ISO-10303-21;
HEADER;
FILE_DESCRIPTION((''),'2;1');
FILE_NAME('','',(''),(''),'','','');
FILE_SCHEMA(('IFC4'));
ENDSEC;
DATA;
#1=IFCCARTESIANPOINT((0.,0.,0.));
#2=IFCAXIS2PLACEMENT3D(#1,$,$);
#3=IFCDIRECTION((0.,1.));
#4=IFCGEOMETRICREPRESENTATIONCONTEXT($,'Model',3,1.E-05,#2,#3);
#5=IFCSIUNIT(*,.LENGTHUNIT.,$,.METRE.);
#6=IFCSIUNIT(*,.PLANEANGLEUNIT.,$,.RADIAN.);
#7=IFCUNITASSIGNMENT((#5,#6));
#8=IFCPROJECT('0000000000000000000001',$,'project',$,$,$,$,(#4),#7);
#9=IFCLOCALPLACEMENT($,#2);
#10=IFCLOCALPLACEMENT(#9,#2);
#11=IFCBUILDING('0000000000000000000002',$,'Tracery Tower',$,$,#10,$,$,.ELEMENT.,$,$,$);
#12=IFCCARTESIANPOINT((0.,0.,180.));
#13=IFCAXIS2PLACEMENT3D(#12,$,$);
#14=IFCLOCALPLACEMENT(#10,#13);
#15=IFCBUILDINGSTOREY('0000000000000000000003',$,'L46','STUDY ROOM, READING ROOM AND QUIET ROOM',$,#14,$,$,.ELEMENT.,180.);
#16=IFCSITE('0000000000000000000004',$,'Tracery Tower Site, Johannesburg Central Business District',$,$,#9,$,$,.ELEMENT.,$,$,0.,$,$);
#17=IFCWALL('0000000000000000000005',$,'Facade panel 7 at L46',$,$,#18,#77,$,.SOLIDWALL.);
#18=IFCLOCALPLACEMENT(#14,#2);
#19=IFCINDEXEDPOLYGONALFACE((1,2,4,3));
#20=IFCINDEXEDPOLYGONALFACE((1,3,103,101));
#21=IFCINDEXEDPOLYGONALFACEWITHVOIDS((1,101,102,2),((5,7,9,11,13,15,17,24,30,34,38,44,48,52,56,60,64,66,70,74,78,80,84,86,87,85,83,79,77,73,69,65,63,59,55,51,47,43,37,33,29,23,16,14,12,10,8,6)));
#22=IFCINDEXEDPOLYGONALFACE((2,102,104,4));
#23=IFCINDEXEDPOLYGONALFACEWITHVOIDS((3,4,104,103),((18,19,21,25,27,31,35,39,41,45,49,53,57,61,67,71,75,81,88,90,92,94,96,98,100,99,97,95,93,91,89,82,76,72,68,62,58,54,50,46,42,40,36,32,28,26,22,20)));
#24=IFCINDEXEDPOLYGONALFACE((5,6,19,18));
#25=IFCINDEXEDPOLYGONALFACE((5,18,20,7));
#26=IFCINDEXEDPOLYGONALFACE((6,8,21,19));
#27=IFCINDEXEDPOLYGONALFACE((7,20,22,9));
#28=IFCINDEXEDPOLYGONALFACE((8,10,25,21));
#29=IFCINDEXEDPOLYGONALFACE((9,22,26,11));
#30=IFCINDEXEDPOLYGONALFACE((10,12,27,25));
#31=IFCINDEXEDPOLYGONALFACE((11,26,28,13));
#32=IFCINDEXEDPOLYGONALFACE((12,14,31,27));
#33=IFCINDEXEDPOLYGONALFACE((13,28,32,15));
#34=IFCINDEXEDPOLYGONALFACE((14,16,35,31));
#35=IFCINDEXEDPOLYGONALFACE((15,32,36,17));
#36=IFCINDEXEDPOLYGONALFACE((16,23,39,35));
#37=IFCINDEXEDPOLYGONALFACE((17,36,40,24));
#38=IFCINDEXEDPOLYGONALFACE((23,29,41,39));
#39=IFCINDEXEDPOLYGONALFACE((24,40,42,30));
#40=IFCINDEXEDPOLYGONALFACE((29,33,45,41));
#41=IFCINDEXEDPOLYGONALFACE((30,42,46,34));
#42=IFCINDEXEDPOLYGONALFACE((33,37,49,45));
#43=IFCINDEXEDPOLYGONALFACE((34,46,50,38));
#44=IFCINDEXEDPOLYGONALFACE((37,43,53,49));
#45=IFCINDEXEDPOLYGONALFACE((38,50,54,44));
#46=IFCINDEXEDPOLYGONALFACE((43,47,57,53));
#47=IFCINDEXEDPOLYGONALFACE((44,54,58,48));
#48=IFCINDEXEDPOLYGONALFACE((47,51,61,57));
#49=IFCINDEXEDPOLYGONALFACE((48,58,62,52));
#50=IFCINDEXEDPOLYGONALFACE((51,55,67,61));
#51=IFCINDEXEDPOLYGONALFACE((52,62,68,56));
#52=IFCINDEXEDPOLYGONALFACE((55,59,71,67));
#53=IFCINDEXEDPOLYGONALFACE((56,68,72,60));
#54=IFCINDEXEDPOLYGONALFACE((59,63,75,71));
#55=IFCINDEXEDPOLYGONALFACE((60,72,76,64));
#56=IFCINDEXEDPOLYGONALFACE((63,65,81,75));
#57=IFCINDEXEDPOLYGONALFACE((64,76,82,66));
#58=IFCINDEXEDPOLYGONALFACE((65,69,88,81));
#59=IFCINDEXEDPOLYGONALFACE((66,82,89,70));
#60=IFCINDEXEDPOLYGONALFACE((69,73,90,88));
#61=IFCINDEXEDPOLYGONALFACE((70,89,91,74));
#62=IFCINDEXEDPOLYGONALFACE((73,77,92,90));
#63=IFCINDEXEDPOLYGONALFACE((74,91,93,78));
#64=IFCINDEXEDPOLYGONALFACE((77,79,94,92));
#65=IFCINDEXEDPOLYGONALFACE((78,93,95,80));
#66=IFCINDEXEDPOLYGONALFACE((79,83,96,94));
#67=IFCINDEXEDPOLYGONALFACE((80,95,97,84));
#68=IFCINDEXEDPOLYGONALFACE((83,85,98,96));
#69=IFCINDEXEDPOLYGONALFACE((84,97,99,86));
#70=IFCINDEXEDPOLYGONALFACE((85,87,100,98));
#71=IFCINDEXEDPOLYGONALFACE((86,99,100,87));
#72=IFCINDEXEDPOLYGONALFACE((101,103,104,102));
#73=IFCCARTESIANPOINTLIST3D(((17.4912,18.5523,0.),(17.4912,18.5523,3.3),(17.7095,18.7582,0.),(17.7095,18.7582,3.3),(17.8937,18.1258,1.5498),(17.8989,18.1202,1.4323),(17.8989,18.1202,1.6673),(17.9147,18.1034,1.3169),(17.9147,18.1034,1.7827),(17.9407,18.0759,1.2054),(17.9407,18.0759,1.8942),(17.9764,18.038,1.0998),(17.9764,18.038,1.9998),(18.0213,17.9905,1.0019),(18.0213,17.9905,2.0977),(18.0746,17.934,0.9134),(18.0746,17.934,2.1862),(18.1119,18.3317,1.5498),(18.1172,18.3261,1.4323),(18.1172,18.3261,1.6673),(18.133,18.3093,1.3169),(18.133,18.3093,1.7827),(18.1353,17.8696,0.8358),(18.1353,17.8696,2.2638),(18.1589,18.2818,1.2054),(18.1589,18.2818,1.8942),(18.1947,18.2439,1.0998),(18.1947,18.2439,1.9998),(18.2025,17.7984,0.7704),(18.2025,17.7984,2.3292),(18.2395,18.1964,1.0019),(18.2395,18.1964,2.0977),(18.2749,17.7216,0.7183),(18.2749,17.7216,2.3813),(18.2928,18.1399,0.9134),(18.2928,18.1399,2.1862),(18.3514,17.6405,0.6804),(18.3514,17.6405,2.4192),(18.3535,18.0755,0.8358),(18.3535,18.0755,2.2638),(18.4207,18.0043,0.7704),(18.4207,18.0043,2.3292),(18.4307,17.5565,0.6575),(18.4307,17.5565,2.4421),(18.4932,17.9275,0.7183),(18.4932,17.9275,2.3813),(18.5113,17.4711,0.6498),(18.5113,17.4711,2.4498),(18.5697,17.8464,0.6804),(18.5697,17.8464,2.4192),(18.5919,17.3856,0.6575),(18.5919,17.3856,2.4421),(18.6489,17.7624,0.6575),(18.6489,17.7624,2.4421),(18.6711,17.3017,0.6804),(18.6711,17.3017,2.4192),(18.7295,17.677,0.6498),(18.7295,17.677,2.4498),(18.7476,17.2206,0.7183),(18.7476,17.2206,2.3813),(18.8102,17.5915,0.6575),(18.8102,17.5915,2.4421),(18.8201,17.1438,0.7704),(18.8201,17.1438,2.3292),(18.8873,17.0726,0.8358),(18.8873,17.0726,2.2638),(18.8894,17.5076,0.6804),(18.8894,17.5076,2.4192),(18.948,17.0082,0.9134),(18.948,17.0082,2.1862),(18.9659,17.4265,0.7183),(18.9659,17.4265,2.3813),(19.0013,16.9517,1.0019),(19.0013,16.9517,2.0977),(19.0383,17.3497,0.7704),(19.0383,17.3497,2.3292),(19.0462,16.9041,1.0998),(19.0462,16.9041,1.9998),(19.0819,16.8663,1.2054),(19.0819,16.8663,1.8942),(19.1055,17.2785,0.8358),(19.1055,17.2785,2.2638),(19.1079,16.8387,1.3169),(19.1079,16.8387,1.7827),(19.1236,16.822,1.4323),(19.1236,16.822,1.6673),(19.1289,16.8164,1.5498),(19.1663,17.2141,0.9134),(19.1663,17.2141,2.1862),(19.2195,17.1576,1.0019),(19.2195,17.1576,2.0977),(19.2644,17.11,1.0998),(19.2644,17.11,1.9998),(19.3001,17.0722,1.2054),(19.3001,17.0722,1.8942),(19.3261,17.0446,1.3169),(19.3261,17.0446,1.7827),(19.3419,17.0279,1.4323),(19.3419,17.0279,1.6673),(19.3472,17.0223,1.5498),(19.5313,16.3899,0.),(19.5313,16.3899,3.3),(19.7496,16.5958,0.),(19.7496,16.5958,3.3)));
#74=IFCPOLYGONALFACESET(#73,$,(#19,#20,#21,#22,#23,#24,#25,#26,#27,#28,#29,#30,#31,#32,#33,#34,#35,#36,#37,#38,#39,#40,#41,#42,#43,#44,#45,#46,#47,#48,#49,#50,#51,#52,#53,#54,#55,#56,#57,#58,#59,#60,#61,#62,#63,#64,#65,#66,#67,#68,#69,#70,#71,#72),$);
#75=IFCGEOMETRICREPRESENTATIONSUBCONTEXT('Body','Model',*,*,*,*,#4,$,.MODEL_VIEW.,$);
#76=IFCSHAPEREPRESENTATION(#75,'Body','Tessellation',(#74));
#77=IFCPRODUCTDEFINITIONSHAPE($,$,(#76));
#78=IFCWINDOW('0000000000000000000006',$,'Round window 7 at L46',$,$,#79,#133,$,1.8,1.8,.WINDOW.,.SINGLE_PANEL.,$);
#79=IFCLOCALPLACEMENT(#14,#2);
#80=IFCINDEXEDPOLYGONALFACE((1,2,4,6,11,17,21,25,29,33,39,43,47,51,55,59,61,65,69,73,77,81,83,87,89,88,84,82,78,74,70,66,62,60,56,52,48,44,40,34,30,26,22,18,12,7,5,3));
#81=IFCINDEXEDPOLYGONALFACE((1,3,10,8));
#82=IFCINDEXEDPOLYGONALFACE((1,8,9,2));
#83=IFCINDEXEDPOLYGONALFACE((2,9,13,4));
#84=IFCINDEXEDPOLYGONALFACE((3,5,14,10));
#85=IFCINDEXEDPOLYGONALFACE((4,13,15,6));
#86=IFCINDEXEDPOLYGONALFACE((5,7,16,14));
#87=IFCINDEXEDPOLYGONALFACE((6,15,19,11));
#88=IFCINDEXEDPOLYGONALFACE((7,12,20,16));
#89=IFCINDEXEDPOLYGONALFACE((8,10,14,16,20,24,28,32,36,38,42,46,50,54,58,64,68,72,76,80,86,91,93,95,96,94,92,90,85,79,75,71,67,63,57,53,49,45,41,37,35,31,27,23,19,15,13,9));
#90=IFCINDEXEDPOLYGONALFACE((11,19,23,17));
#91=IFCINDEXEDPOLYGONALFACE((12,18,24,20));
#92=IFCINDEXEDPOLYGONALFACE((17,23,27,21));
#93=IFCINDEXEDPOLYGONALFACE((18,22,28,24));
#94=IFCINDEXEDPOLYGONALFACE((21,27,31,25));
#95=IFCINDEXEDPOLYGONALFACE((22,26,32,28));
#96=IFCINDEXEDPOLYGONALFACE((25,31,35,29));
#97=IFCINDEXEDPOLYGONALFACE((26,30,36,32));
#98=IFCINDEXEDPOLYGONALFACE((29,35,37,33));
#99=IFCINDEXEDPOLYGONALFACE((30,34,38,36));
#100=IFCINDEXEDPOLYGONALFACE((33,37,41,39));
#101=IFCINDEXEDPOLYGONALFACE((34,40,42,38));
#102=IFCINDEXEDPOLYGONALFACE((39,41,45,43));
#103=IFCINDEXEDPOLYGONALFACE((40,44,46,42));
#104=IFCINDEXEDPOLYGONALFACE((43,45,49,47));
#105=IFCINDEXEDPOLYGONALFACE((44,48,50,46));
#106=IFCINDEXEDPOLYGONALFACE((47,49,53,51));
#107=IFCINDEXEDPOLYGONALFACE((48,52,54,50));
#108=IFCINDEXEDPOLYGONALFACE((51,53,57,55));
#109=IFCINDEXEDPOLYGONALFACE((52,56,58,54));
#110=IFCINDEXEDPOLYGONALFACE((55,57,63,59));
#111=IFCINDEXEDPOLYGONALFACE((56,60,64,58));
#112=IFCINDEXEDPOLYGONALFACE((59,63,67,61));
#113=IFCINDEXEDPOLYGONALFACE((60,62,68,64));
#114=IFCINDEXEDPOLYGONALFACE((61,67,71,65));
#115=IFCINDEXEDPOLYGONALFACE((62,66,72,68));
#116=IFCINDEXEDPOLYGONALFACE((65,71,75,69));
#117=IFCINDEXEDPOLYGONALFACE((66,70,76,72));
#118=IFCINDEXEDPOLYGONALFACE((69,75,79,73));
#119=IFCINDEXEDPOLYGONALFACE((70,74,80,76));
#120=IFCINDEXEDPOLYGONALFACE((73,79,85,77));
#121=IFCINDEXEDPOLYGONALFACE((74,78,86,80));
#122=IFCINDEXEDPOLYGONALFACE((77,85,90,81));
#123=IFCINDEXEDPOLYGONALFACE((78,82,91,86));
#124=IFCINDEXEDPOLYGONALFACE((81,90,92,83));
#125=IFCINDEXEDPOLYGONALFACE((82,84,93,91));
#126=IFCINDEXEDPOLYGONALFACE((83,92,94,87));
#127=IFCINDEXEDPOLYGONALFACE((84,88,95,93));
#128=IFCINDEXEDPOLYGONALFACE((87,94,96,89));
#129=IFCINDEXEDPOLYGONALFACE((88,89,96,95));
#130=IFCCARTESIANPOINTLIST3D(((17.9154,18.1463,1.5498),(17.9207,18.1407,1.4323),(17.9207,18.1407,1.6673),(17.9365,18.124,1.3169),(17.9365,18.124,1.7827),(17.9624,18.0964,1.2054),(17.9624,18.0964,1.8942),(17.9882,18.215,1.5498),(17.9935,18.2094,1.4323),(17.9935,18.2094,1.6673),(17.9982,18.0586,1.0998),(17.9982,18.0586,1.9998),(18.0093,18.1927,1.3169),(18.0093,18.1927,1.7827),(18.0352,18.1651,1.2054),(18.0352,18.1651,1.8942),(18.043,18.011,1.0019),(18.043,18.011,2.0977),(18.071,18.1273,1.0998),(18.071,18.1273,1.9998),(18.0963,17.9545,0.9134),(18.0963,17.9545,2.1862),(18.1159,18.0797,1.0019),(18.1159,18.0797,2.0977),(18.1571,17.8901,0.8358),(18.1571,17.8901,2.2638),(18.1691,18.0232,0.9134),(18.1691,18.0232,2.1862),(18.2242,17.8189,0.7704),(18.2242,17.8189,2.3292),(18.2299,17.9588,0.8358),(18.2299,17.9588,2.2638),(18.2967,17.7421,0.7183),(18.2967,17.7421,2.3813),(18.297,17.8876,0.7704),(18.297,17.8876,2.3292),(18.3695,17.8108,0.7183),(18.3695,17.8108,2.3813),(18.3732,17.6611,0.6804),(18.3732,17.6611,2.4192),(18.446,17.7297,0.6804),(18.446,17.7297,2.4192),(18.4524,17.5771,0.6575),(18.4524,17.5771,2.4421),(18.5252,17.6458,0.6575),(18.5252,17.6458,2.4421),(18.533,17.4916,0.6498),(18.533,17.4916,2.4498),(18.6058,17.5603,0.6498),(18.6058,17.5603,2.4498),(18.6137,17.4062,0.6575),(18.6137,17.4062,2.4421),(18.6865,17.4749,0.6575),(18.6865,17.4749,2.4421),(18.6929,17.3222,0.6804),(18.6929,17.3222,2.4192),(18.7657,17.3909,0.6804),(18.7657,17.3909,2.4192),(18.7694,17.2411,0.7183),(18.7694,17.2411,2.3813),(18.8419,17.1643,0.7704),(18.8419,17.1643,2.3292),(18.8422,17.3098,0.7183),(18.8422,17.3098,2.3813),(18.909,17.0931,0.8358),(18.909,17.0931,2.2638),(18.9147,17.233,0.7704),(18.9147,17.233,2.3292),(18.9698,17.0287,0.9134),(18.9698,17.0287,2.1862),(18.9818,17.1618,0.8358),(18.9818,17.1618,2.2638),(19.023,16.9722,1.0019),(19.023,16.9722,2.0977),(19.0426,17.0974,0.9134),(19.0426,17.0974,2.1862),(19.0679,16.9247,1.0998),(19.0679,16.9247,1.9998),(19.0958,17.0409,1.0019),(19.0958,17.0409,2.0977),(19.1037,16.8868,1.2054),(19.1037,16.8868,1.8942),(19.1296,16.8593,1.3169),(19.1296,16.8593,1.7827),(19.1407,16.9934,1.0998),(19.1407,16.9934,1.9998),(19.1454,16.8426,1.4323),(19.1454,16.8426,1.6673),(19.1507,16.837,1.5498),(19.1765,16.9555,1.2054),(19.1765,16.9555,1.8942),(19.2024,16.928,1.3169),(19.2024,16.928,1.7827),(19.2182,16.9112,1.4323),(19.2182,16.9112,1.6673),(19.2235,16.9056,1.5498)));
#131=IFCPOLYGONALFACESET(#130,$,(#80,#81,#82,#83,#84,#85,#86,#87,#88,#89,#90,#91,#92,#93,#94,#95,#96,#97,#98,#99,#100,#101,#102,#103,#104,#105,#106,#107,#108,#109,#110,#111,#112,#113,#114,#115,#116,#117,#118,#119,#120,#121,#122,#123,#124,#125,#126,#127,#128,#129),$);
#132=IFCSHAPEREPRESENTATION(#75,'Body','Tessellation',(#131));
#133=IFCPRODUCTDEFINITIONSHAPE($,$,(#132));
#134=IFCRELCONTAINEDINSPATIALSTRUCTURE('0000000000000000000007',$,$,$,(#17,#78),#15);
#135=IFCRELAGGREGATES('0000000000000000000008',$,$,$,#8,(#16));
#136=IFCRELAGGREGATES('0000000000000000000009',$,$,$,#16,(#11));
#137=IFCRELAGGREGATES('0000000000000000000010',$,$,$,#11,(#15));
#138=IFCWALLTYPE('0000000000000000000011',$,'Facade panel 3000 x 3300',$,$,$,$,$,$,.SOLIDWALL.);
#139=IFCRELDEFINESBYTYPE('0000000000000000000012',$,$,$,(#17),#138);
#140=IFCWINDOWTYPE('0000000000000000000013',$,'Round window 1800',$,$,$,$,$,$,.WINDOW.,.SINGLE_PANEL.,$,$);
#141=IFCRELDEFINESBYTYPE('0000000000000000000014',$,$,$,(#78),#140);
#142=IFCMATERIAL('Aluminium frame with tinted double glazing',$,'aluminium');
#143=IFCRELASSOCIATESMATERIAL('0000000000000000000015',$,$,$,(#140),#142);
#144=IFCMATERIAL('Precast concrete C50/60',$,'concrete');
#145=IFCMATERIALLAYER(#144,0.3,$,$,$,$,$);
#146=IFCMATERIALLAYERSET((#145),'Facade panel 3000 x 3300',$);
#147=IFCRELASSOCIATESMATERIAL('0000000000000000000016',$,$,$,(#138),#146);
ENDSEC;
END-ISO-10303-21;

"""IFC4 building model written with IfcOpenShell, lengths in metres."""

from ifc_helpers import new_model, si_unit, direction, frame, frame_2d, origin, origin_2d, place, context, subcontext, project, spatial, rectangle, circle, extrude, material, layer, layer_set, type_object, element, fill, save


model = new_model("IFC4")

# Units and contexts
model_context = context("Model", 3, precision=1e-05, world=origin(), true_north=direction((0.0, 1.0)))
body_context = subcontext(model_context, "Body", "Model", "MODEL_VIEW")
ifc_project = project(units=[si_unit("LENGTHUNIT", "METRE"), si_unit("PLANEANGLEUNIT", "RADIAN")], contexts=[model_context])

# Site, building, storey
site_placement = place(None, origin())
site = spatial("IfcSite", under=ifc_project, at=site_placement, Name="Tracery Tower Site, Johannesburg Central Business District", CompositionType="ELEMENT", RefElevation=0.0)
building_placement = place(site_placement, origin())
building = spatial("IfcBuilding", under=site, at=building_placement, Name="Tracery Tower", CompositionType="ELEMENT")
storey_placement = place(building_placement, frame((0.0, 0.0, 180.0)))
storey = spatial("IfcBuildingStorey", under=building, at=storey_placement, Name="L46", Description="STUDY ROOM, READING ROOM AND QUIET ROOM", CompositionType="ELEMENT", Elevation=180.0)

# Wall, opening, window
ifc_material_1 = material(Name="Aluminium frame with tinted double glazing", Category="aluminium")
window_type = type_object("IfcWindowType", Name="Round window 1800", PartitioningType="SINGLE_PANEL", PredefinedType="WINDOW", material=ifc_material_1)
ifc_material_2 = material(Name="Precast concrete C50/60", Category="concrete")
ifc_layer_1 = layer(ifc_material_2, 0.3)
ifc_layer_set_1 = layer_set([ifc_layer_1], Name="Facade panel 3000 x 3300")
wall_type_1 = type_object("IfcWallType", Name="Facade panel 3000 x 3300", PredefinedType="SOLIDWALL", material=ifc_layer_set_1)
wall_1_placement = place(storey_placement, frame((19.6404, 16.4929, 0.0), z_axis=(0.0, 0.0, 1.0), x_axis=(-0.686235, 0.72738, 0.0)))
wall_1 = element("IfcWall", 1, at=wall_1_placement, inside=storey, type_object=wall_type_1, Name="Facade panel 7 at L46", PredefinedType="SOLIDWALL", context=body_context, shape_type="SweptSolid", body=[
    extrude(rectangle(XDim=2.9729, YDim=0.3, at=frame_2d((1.4863, 0.0))), origin(), (0.0, 0.0, 1.0), 3.3),
])
opening_1_placement = place(wall_1_placement, frame((1.4863, 0.0, 1.5498)))
opening_1 = element("IfcOpeningElement", 2, at=opening_1_placement, cuts=wall_1, PredefinedType="OPENING", context=body_context, shape_type="SweptSolid", body=[
    extrude(circle(Radius=0.9, at=origin_2d()), frame((0.0, 0.1599, 0.0), z_axis=(0.0, -1.0, 0.0), x_axis=(1.0, 0.0, 0.0)), (0.0, 0.0, 1.0), 0.3201),
])
window_1_placement = place(opening_1_placement, origin())
window_1 = element("IfcWindow", 3, at=window_1_placement, inside=storey, type_object=window_type, Name="Round window 7 at L46", OverallHeight=1.8, OverallWidth=1.8, PartitioningType="SINGLE_PANEL", PredefinedType="WINDOW", context=body_context, shape_type="SweptSolid", body=[
    extrude(circle(Radius=0.9, at=origin_2d()), frame((0.0, 0.1201, 0.0), z_axis=(0.0, -1.0, 0.0), x_axis=(1.0, 0.0, 0.0)), (0.0, 0.0, 1.0), 0.1001),
])
fill(opening_1, window_1)

save(model, "model.ifc")
